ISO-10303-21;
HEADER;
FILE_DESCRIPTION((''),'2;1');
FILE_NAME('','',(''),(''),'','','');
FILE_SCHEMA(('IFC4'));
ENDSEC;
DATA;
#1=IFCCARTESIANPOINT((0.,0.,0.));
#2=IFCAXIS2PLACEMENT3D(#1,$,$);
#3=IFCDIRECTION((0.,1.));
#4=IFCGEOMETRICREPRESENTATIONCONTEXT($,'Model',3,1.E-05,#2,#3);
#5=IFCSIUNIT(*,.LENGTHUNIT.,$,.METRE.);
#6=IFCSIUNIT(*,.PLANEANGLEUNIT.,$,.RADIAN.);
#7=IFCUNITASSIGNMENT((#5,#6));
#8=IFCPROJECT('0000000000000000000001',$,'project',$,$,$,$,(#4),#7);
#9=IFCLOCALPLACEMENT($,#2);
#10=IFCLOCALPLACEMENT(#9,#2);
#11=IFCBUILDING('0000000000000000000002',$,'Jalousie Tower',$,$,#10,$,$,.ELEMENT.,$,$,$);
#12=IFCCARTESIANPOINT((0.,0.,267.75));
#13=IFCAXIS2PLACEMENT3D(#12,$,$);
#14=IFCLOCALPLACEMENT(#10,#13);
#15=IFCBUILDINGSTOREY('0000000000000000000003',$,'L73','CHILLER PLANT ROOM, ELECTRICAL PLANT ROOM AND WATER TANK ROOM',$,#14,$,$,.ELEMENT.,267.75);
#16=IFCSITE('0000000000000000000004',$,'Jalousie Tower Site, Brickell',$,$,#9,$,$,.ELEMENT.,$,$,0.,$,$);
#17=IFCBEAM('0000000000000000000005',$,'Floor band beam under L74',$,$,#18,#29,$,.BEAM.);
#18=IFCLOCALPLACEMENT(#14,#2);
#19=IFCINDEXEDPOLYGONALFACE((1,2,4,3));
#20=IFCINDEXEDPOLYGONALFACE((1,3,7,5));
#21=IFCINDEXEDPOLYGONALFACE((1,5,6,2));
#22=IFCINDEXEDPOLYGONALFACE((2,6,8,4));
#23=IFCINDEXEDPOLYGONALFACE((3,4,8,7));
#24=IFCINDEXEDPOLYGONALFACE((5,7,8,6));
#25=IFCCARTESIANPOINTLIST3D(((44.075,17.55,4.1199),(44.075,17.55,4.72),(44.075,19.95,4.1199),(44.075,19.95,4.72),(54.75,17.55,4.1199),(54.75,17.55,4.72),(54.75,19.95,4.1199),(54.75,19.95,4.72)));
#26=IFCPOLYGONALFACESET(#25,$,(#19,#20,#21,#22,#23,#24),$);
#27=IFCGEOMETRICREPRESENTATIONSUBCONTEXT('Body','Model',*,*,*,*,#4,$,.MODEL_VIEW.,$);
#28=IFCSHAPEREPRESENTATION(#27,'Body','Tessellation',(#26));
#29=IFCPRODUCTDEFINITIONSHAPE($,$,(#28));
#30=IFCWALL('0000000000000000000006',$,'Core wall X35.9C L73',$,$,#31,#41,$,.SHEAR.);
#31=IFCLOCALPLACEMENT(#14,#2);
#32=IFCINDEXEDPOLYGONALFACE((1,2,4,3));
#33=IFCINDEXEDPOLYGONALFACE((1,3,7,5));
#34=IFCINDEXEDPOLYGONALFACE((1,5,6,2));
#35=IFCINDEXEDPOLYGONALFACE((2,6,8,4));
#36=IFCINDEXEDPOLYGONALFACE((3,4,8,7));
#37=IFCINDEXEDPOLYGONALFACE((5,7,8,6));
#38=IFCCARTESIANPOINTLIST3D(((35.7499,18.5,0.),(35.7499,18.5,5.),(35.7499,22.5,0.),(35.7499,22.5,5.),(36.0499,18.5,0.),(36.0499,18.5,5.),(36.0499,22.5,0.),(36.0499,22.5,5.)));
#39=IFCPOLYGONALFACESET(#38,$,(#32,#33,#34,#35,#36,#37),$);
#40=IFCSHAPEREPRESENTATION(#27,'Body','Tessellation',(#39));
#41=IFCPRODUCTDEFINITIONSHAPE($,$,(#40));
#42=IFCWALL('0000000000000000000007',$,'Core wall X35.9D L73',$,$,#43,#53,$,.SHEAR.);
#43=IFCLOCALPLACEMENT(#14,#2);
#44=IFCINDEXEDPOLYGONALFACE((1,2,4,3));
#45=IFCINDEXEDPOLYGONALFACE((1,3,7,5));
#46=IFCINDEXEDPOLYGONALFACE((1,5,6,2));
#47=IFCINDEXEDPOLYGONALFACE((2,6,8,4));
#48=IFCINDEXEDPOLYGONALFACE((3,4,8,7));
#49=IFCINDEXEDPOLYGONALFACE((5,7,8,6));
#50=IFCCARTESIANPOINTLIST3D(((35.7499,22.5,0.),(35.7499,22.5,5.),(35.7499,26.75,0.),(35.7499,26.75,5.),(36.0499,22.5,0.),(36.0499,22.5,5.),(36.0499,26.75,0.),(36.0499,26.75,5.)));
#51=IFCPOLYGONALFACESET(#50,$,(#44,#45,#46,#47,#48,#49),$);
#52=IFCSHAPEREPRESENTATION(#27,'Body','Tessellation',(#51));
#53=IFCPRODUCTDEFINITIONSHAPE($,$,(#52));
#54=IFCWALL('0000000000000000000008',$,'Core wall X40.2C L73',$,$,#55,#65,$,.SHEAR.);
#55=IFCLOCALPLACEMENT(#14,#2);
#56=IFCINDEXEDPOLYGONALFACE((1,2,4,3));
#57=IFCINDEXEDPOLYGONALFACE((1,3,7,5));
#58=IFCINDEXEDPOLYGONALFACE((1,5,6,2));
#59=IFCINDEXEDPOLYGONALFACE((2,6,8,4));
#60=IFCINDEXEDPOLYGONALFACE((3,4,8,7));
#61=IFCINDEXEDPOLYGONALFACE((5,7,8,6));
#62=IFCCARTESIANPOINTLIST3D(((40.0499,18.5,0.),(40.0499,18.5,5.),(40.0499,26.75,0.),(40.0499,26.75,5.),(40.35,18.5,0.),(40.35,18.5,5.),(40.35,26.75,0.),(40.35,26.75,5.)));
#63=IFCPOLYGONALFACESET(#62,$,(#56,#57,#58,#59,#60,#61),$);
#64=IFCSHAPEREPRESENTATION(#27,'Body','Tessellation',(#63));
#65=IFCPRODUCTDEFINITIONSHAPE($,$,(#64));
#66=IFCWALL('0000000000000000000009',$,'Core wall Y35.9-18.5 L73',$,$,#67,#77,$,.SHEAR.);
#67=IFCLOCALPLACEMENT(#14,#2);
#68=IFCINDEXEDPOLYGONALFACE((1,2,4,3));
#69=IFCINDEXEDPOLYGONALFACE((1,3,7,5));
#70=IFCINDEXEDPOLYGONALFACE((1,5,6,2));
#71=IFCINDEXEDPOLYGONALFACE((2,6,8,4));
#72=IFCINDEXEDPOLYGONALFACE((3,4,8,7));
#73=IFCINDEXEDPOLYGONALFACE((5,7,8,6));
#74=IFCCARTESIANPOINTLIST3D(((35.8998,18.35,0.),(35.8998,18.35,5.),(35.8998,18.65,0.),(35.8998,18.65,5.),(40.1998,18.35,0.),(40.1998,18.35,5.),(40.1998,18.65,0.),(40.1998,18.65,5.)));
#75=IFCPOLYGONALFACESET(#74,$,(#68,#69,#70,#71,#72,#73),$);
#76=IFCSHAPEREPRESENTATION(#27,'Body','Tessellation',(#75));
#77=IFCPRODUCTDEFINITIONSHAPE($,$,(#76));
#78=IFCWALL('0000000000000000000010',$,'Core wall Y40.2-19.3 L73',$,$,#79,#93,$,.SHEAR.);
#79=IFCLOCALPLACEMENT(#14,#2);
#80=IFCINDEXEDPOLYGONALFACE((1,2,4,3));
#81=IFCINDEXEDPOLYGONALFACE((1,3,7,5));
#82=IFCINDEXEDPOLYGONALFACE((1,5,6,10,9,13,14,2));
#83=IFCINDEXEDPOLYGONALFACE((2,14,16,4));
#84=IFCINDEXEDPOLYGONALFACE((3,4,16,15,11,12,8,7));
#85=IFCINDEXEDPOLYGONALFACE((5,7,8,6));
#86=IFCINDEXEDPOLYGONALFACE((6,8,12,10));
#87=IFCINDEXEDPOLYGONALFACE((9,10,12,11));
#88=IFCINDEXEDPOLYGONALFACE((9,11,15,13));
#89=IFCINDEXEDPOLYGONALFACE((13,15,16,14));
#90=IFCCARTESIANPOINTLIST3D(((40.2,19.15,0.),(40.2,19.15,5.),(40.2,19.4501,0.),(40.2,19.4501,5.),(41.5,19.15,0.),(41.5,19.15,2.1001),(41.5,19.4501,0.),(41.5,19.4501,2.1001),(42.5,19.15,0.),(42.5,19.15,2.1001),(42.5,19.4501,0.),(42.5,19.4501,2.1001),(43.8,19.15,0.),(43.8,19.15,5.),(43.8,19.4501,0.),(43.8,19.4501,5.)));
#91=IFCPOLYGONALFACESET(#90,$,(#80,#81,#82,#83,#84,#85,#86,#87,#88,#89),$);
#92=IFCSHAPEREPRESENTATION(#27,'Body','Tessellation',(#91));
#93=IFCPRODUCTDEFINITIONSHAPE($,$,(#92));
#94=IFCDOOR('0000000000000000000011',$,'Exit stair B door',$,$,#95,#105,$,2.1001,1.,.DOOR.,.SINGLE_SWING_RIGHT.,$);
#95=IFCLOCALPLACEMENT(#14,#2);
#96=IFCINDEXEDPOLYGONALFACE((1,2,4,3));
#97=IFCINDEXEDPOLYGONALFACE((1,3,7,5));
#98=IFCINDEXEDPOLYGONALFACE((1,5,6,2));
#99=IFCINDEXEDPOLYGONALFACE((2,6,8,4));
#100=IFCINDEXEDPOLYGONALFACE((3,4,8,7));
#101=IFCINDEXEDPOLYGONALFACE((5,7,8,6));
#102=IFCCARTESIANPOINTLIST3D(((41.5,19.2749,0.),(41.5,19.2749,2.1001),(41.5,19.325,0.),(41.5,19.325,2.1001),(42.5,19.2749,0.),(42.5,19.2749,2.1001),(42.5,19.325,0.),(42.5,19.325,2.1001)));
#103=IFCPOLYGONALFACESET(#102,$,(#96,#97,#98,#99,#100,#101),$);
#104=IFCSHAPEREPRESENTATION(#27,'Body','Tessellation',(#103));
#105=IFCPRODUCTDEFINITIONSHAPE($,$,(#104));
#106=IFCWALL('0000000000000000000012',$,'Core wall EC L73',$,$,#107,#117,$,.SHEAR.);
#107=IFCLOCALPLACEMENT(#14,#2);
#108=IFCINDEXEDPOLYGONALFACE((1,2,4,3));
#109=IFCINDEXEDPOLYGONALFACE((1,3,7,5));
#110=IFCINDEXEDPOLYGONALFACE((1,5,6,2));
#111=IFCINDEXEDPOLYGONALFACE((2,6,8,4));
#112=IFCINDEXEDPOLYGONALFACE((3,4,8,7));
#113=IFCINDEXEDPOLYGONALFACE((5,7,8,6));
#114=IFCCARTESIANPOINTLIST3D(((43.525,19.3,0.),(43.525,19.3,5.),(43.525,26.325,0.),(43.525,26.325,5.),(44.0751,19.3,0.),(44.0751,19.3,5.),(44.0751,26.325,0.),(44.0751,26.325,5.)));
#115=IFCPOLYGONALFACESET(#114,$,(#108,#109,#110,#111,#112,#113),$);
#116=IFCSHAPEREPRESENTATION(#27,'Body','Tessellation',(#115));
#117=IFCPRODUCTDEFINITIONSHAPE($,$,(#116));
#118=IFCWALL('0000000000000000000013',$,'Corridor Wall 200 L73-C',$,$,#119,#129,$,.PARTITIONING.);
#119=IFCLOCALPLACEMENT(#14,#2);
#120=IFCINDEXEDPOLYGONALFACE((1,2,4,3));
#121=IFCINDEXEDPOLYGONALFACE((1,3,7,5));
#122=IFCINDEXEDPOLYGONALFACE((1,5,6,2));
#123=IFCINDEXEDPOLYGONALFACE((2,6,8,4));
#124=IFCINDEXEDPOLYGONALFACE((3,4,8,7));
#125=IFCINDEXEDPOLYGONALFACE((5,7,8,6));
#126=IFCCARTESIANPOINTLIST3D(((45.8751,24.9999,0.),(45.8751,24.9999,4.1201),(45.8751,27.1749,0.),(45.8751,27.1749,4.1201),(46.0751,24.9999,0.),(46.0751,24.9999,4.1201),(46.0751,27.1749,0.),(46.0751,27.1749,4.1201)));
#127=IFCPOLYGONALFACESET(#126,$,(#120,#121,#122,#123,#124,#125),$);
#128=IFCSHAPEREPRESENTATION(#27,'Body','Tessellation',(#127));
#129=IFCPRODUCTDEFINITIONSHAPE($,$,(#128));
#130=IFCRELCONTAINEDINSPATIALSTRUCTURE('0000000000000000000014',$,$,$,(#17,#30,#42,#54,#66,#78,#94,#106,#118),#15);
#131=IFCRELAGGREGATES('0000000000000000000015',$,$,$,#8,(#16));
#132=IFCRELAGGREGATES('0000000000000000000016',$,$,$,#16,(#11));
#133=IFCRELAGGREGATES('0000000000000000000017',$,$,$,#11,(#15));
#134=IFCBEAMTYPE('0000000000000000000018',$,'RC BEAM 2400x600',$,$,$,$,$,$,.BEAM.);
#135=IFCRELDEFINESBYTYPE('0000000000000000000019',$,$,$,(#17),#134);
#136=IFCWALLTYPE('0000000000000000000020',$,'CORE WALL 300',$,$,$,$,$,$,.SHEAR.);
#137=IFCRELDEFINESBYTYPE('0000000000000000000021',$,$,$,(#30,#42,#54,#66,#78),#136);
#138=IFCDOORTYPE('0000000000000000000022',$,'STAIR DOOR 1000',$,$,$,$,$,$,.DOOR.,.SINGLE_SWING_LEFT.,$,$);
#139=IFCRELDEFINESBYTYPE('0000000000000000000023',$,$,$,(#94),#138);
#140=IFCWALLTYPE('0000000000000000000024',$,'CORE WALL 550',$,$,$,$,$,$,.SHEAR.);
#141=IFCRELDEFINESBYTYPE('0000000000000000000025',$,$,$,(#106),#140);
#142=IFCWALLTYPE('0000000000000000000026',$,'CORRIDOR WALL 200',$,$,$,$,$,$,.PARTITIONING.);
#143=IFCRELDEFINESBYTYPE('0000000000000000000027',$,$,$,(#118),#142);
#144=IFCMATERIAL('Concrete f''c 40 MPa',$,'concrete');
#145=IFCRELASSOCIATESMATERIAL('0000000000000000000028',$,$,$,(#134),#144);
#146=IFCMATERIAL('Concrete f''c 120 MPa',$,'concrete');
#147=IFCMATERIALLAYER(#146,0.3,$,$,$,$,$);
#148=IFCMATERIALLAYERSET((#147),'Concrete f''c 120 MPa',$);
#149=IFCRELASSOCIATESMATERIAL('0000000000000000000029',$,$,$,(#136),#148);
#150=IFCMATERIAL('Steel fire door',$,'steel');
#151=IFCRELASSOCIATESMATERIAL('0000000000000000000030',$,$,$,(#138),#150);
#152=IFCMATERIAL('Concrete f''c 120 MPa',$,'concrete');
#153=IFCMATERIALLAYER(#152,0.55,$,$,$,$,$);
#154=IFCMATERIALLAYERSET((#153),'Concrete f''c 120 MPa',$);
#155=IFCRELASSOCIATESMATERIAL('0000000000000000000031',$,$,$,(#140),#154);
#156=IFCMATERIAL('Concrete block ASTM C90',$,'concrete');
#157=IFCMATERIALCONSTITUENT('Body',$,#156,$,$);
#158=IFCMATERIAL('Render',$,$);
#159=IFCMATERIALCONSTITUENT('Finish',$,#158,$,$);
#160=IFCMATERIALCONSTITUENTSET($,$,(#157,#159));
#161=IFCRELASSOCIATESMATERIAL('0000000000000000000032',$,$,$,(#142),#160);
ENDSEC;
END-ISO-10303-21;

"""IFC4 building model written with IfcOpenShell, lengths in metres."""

from ifc_helpers import new_model, si_unit, direction, frame, frame_2d, origin, origin_2d, place, context, subcontext, project, spatial, rectangle, extrude, material, layer, layer_set, constituent, constituent_set, material_profile, profile_set, type_object, element, fill, save


model = new_model("IFC4")

# Units and contexts
model_context = context("Model", 3, precision=1e-05, world=origin(), true_north=direction((0.0, 1.0)))
body_context = subcontext(model_context, "Body", "Model", "MODEL_VIEW")
ifc_project = project(units=[si_unit("LENGTHUNIT", "METRE"), si_unit("PLANEANGLEUNIT", "RADIAN")], contexts=[model_context])

# Site, building, storey
site_placement = place(None, origin())
site = spatial("IfcSite", under=ifc_project, at=site_placement, Name="Jalousie Tower Site, Brickell", CompositionType="ELEMENT", RefElevation=0.0)
building_placement = place(site_placement, origin())
building = spatial("IfcBuilding", under=site, at=building_placement, Name="Jalousie Tower", CompositionType="ELEMENT")
storey_placement = place(building_placement, frame((0.0, 0.0, 267.75)))
storey = spatial("IfcBuildingStorey", under=building, at=storey_placement, Name="L73", Description="CHILLER PLANT ROOM, ELECTRICAL PLANT ROOM AND WATER TANK ROOM", CompositionType="ELEMENT", Elevation=267.75)

# Beam
ifc_material_1 = material(Name="Concrete f'c 40 MPa", Category="concrete")
ifc_material_profile = material_profile(ifc_material_1, rectangle(XDim=2.3999, YDim=0.6001, at=origin_2d()), Name="RC 2400x600")
ifc_profile_set = profile_set([ifc_material_profile], Name="Concrete f'c 40 MPa")
beam_type = type_object("IfcBeamType", Name="RC BEAM 2400x600", PredefinedType="BEAM", material=ifc_profile_set)
beam_placement = place(storey_placement, frame((44.075, 18.75, 4.4199), z_axis=(1.0, 0.0, 0.0), x_axis=(0.0, 1.0, 0.0)))
element("IfcBeam", 1, at=beam_placement, inside=storey, type_object=beam_type, Name="Floor band beam under L74", PredefinedType="BEAM", context=body_context, shape_type="SweptSolid", body=[
    extrude(rectangle(XDim=2.3999, YDim=0.6001, at=origin_2d()), origin(), (0.0, 0.0, 1.0), 10.675),
])

# Walls
ifc_material_2 = material(Name="Concrete f'c 120 MPa", Category="concrete")
ifc_layer_1 = layer(ifc_material_2, 0.3)
ifc_layer_set_1 = layer_set([ifc_layer_1], Name="Concrete f'c 120 MPa")
wall_type_1 = type_object("IfcWallType", Name="CORE WALL 300", PredefinedType="SHEAR", material=ifc_layer_set_1)
wall_1_placement = place(storey_placement, frame((35.8999, 18.5, 0.0), z_axis=(0.0, 0.0, 1.0), x_axis=(0.0, 1.0, 0.0)))
element("IfcWall", 2, at=wall_1_placement, inside=storey, type_object=wall_type_1, Name="Core wall X35.9C L73", PredefinedType="SHEAR", context=body_context, shape_type="SweptSolid", body=[
    extrude(rectangle(XDim=4.0, YDim=0.3, at=frame_2d((2.0, 0.0))), origin(), (0.0, 0.0, 1.0), 5.0),
])
wall_2_placement = place(storey_placement, frame((35.8999, 22.5, 0.0), z_axis=(0.0, 0.0, 1.0), x_axis=(0.0, 1.0, 0.0)))
element("IfcWall", 3, at=wall_2_placement, inside=storey, type_object=wall_type_1, Name="Core wall X35.9D L73", PredefinedType="SHEAR", context=body_context, shape_type="SweptSolid", body=[
    extrude(rectangle(XDim=4.25, YDim=0.3, at=frame_2d((2.125, 0.0))), origin(), (0.0, 0.0, 1.0), 5.0),
])
wall_3_placement = place(storey_placement, frame((40.2, 18.5, 0.0), z_axis=(0.0, 0.0, 1.0), x_axis=(0.0, 1.0, 0.0)))
element("IfcWall", 4, at=wall_3_placement, inside=storey, type_object=wall_type_1, Name="Core wall X40.2C L73", PredefinedType="SHEAR", context=body_context, shape_type="SweptSolid", body=[
    extrude(rectangle(XDim=8.25, YDim=0.3, at=frame_2d((4.125, 0.0))), origin(), (0.0, 0.0, 1.0), 5.0),
])
wall_4_placement = place(storey_placement, frame((35.8999, 18.5, 0.0), z_axis=(0.0, 0.0, 1.0), x_axis=(1.0, 0.0, 0.0)))
element("IfcWall", 5, at=wall_4_placement, inside=storey, type_object=wall_type_1, Name="Core wall Y35.9-18.5 L73", PredefinedType="SHEAR", context=body_context, shape_type="SweptSolid", body=[
    extrude(rectangle(XDim=4.3, YDim=0.3, at=frame_2d((2.1499, 0.0))), origin(), (0.0, 0.0, 1.0), 5.0),
])

# Wall, opening, door
wall_5_placement = place(storey_placement, frame((40.2, 19.3, 0.0), z_axis=(0.0, 0.0, 1.0), x_axis=(1.0, 0.0, 0.0)))
wall_5 = element("IfcWall", 6, at=wall_5_placement, inside=storey, type_object=wall_type_1, Name="Core wall Y40.2-19.3 L73", PredefinedType="SHEAR", context=body_context, shape_type="SweptSolid", body=[
    extrude(rectangle(XDim=3.6001, YDim=0.3, at=frame_2d((1.8, 0.0))), origin(), (0.0, 0.0, 1.0), 5.0),
])
opening_1_placement = place(wall_5_placement, frame((1.3, 0.0, 0.0)))
opening_1 = element("IfcOpeningElement", 7, at=opening_1_placement, cuts=wall_5, PredefinedType="OPENING", context=body_context, shape_type="SweptSolid", body=[
    extrude(rectangle(XDim=1.0, YDim=2.1001, at=frame_2d((0.5, 1.05))), frame((0.0, 0.1599, 0.0), z_axis=(0.0, -1.0, 0.0), x_axis=(1.0, 0.0, 0.0)), (0.0, 0.0, 1.0), 0.3201),
])
ifc_material_3 = material(Name="Steel fire door", Category="steel")
door_type_1 = type_object("IfcDoorType", Name="STAIR DOOR 1000", OperationType="SINGLE_SWING_LEFT", PredefinedType="DOOR", material=ifc_material_3)
door_1_placement = place(opening_1_placement, origin())
door_1 = element("IfcDoor", 8, at=door_1_placement, inside=storey, type_object=door_type_1, Name="Exit stair B door", OperationType="SINGLE_SWING_RIGHT", OverallHeight=2.1001, OverallWidth=1.0, PredefinedType="DOOR", context=body_context, shape_type="SweptSolid", body=[
    extrude(rectangle(XDim=1.0, YDim=2.1001, at=frame_2d((0.5, 1.05))), frame((0.0, 0.0249, 0.0), z_axis=(0.0, -1.0, 0.0), x_axis=(1.0, 0.0, 0.0)), (0.0, 0.0, 1.0), 0.05),
])
fill(opening_1, door_1)

# Walls
ifc_material_4 = material(Name="Concrete f'c 120 MPa", Category="concrete")
ifc_layer_2 = layer(ifc_material_4, 0.55)
ifc_layer_set_2 = layer_set([ifc_layer_2], Name="Concrete f'c 120 MPa")
wall_type_2 = type_object("IfcWallType", Name="CORE WALL 550", PredefinedType="SHEAR", material=ifc_layer_set_2)
wall_6_placement = place(storey_placement, frame((43.8, 19.3, 0.0), z_axis=(0.0, 0.0, 1.0), x_axis=(0.0, 1.0, 0.0)))
element("IfcWall", 9, at=wall_6_placement, inside=storey, type_object=wall_type_2, Name="Core wall EC L73", PredefinedType="SHEAR", context=body_context, shape_type="SweptSolid", body=[
    extrude(rectangle(XDim=7.0249, YDim=0.55, at=frame_2d((3.5125, 0.0))), origin(), (0.0, 0.0, 1.0), 5.0),
])
ifc_material_5 = material(Name="Concrete block ASTM C90", Category="concrete")
ifc_constituent_1 = constituent(ifc_material_5, Name="Body")
ifc_material_6 = material(Name="Render")
ifc_constituent_2 = constituent(ifc_material_6, Name="Finish")
ifc_constituent_set_1 = constituent_set(constituents=[ifc_constituent_1, ifc_constituent_2])
wall_type_3 = type_object("IfcWallType", Name="CORRIDOR WALL 200", PredefinedType="PARTITIONING", material=ifc_constituent_set_1)
wall_7_placement = place(storey_placement, frame((45.9751, 25.0, 0.0), z_axis=(0.0, 0.0, 1.0), x_axis=(0.0, 1.0, 0.0)))
element("IfcWall", 10, at=wall_7_placement, inside=storey, type_object=wall_type_3, Name="Corridor Wall 200 L73-C", PredefinedType="PARTITIONING", context=body_context, shape_type="SweptSolid", body=[
    extrude(rectangle(XDim=2.175, YDim=0.2, at=frame_2d((1.0874, 0.0))), origin(), (0.0, 0.0, 1.0), 4.1201),
])

save(model, "model.ifc")
